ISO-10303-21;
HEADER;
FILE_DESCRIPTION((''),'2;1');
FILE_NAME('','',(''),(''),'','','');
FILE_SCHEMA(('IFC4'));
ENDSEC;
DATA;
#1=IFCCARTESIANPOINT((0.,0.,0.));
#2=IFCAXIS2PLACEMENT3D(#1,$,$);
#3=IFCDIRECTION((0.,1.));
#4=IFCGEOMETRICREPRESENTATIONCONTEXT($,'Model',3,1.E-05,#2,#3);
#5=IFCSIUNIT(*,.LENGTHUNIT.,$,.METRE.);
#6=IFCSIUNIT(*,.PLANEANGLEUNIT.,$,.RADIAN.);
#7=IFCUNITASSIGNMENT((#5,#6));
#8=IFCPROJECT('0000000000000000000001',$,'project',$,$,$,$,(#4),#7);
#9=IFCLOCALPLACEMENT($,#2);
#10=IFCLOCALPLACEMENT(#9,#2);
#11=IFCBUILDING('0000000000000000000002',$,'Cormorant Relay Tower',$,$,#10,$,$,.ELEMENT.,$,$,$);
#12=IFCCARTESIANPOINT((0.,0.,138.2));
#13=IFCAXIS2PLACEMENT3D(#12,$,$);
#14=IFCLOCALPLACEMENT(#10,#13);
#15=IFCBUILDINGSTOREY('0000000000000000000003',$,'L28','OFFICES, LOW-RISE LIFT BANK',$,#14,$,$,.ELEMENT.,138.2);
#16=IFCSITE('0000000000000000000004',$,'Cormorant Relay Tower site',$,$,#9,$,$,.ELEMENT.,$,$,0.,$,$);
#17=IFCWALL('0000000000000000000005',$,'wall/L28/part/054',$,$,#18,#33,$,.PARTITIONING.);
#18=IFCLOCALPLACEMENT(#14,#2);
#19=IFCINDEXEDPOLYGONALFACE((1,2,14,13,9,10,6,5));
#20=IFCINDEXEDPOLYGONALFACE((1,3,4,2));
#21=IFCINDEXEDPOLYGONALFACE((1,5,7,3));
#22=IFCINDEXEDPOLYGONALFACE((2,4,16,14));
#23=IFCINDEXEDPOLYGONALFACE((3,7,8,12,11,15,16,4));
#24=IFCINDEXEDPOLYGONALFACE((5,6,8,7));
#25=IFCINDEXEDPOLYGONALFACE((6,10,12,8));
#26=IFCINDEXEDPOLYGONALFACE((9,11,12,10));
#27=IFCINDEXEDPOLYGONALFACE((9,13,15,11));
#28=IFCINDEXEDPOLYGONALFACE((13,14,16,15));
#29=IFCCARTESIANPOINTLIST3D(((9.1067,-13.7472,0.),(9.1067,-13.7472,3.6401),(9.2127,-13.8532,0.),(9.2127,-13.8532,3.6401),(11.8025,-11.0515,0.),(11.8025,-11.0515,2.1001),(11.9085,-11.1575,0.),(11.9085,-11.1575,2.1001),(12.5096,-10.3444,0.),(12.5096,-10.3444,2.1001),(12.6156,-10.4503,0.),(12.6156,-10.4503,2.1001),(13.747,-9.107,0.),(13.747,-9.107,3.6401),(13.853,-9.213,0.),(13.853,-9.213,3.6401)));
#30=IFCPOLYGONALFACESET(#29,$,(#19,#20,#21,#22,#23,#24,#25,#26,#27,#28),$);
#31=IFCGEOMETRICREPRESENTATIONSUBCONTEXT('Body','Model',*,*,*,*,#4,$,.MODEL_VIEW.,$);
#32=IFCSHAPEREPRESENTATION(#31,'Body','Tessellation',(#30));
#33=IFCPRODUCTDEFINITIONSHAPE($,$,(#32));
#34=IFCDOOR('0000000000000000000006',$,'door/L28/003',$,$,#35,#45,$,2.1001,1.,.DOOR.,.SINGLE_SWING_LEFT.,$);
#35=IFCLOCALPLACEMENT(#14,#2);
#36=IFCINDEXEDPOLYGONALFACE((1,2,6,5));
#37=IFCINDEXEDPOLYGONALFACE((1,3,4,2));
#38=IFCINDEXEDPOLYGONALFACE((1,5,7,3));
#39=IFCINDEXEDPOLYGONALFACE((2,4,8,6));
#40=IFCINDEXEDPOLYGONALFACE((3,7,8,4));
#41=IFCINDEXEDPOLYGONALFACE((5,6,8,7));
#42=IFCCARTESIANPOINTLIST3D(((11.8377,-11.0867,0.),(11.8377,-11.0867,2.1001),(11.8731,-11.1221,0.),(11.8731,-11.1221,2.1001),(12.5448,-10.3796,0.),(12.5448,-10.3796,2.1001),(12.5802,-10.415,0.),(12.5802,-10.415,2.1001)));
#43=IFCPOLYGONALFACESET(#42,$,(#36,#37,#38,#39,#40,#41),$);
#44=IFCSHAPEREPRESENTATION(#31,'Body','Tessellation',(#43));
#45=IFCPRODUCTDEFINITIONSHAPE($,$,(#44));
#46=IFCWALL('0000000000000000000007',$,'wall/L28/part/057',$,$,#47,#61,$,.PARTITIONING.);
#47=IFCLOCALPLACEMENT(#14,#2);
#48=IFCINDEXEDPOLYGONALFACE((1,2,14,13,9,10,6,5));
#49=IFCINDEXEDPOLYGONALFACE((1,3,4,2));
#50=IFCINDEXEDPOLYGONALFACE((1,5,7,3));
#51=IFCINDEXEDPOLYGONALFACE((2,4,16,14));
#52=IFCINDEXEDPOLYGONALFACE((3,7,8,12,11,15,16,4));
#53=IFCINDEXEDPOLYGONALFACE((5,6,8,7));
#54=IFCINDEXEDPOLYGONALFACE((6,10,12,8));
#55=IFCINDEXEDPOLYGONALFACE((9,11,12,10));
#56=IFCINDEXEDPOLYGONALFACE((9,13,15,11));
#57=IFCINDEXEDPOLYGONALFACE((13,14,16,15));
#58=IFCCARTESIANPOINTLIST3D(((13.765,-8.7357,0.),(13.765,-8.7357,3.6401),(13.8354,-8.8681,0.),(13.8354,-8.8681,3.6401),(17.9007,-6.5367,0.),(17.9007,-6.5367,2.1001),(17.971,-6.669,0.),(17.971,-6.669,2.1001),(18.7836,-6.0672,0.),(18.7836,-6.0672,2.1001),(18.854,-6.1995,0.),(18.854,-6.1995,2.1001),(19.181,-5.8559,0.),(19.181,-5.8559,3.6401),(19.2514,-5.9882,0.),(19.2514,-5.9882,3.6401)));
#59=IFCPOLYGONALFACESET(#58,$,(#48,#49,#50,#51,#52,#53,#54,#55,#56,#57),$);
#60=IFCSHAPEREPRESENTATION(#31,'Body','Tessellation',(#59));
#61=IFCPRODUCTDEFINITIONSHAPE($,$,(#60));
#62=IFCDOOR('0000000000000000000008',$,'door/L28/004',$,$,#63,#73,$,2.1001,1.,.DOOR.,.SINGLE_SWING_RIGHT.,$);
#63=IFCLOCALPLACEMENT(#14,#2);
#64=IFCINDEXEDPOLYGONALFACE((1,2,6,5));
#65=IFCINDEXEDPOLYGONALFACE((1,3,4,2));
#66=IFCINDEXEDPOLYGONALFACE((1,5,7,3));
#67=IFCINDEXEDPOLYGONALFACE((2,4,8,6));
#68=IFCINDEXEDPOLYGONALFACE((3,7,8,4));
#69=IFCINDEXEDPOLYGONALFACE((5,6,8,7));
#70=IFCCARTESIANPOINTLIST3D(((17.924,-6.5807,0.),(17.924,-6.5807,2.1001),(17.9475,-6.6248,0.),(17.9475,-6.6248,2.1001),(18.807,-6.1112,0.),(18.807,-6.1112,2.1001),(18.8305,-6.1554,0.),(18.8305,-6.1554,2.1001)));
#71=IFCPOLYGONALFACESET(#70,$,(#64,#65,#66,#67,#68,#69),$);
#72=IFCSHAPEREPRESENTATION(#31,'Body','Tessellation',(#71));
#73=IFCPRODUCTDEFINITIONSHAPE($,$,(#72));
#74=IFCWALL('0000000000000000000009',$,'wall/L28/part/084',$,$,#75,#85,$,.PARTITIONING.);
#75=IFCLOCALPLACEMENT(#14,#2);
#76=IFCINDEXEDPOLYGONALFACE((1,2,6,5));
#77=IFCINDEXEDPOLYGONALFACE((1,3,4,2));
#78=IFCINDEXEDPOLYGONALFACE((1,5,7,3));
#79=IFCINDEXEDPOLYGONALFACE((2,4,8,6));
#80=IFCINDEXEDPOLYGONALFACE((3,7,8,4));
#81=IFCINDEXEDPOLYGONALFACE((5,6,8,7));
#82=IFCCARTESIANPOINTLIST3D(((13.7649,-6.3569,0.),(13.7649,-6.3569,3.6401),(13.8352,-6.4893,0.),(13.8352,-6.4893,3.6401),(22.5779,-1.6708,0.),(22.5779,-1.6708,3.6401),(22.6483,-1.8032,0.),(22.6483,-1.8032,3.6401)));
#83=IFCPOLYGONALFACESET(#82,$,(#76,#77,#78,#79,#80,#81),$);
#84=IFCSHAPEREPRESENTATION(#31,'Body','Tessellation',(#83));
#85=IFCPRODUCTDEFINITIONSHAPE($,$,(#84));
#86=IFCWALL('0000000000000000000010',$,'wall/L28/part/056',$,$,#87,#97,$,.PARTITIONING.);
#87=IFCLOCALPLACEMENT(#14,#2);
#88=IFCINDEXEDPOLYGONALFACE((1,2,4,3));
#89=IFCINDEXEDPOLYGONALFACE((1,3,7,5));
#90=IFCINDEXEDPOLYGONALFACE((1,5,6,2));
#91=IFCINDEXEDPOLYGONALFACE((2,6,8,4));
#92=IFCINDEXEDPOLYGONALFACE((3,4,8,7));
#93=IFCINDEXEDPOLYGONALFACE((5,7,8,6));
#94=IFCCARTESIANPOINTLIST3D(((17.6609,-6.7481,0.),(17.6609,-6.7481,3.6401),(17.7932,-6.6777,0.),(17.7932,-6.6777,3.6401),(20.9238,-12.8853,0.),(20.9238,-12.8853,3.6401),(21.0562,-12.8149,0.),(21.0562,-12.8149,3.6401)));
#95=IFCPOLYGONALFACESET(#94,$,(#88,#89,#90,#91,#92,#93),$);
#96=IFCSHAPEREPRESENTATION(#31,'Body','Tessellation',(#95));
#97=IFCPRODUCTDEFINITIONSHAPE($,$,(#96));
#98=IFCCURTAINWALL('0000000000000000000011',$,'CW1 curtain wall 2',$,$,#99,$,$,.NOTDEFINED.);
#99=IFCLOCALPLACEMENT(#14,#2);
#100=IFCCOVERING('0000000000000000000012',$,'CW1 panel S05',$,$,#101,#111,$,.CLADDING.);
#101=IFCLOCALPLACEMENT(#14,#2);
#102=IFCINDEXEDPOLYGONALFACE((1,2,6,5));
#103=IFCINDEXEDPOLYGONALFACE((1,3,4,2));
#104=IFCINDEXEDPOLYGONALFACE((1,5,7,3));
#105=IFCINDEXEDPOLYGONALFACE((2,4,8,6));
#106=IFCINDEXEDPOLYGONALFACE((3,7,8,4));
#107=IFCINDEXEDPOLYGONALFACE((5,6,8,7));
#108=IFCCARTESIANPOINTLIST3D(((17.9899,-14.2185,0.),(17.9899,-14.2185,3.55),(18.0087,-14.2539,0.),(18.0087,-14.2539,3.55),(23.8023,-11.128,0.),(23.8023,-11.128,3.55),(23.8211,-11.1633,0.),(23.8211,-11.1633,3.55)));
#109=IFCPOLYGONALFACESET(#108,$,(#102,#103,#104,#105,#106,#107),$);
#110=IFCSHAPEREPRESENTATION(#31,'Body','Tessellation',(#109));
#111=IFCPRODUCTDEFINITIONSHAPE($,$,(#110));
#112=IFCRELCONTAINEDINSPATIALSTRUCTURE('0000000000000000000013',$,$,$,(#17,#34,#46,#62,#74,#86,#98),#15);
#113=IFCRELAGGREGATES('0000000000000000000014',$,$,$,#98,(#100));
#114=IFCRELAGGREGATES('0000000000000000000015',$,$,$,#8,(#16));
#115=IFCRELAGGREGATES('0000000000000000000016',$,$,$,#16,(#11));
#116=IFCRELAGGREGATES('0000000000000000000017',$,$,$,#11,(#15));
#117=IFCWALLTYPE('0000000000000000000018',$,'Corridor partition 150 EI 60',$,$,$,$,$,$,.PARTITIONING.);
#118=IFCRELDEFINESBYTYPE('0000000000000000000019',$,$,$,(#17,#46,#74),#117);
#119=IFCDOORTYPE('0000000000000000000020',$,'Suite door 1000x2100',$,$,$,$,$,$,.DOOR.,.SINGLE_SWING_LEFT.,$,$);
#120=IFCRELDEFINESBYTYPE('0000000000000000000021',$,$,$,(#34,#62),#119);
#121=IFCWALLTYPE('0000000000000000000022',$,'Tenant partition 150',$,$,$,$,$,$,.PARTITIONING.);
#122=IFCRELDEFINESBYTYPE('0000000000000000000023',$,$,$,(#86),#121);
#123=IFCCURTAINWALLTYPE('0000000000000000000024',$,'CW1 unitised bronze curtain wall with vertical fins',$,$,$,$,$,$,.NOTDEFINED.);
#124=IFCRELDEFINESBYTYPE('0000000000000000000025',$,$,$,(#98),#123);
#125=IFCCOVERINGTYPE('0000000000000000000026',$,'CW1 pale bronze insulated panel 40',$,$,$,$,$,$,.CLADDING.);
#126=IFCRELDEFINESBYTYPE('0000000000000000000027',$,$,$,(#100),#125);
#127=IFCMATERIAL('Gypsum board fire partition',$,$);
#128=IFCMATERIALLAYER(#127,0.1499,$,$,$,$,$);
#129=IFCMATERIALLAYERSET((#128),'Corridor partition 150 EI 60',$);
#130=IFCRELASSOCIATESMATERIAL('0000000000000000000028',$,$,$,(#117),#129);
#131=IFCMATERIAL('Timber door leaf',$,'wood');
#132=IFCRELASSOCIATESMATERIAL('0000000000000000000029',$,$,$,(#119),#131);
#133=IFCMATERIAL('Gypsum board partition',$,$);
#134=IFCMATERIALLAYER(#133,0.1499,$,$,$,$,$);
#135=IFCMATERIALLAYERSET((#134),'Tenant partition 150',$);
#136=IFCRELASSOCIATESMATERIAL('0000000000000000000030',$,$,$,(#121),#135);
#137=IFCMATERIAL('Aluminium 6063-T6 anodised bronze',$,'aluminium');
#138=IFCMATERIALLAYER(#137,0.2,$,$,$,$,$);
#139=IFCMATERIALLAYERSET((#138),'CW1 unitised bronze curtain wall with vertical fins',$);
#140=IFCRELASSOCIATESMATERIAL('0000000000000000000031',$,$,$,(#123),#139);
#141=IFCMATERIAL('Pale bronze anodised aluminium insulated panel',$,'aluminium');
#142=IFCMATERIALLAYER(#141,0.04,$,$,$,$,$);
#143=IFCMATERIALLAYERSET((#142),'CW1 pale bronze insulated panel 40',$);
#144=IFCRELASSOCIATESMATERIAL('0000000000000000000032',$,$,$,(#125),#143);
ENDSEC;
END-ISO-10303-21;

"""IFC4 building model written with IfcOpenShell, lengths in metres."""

from ifc_helpers import new_model, si_unit, direction, frame, frame_2d, origin, origin_2d, place, context, subcontext, project, spatial, rectangle, extrude, material, layer, layer_set, type_object, element, fill, aggregate, save


model = new_model("IFC4")

# Units and contexts
model_context = context("Model", 3, precision=1e-05, world=origin(), true_north=direction((0.0, 1.0)))
body_context = subcontext(model_context, "Body", "Model", "MODEL_VIEW")
ifc_project = project(units=[si_unit("LENGTHUNIT", "METRE"), si_unit("PLANEANGLEUNIT", "RADIAN")], contexts=[model_context])

# Site, building, storey
site_placement = place(None, origin())
site = spatial("IfcSite", under=ifc_project, at=site_placement, Name="Cormorant Relay Tower site", CompositionType="ELEMENT", RefElevation=0.0)
building_placement = place(site_placement, origin())
building = spatial("IfcBuilding", under=site, at=building_placement, Name="Cormorant Relay Tower", CompositionType="ELEMENT")
storey_placement = place(building_placement, frame((0.0, 0.0, 138.2)))
storey = spatial("IfcBuildingStorey", under=building, at=storey_placement, Name="L28", Description="OFFICES, LOW-RISE LIFT BANK", CompositionType="ELEMENT", Elevation=138.2)

# Walls, openings, doors
ifc_material_1 = material(Name="Gypsum board fire partition")
ifc_layer_1 = layer(ifc_material_1, 0.1499)
ifc_layer_set_1 = layer_set([ifc_layer_1], Name="Corridor partition 150 EI 60")
wall_type_1 = type_object("IfcWallType", Name="Corridor partition 150 EI 60", PredefinedType="PARTITIONING", material=ifc_layer_set_1)
wall_1_placement = place(storey_placement, frame((13.8, -9.1599, 0.0), z_axis=(0.0, 0.0, 1.0), x_axis=(-0.707107, -0.707107, 0.0)))
wall_1 = element("IfcWall", 1, at=wall_1_placement, inside=storey, type_object=wall_type_1, Name="wall/L28/part/054", PredefinedType="PARTITIONING", context=body_context, shape_type="SweptSolid", body=[
    extrude(rectangle(XDim=6.5623, YDim=0.1499, at=frame_2d((3.2812, 0.0))), origin(), (0.0, 0.0, 1.0), 3.6401),
])
opening_1_placement = place(wall_1_placement, frame((1.75, 0.0, 0.0)))
opening_1 = element("IfcOpeningElement", 2, at=opening_1_placement, cuts=wall_1, PredefinedType="OPENING", context=body_context, shape_type="SweptSolid", body=[
    extrude(rectangle(XDim=1.0, YDim=2.1001, at=frame_2d((0.5, 1.05))), frame((0.0, 0.085, 0.0), z_axis=(0.0, -1.0, 0.0), x_axis=(1.0, 0.0, 0.0)), (0.0, 0.0, 1.0), 0.1699),
])
ifc_material_2 = material(Name="Timber door leaf", Category="wood")
door_type_1 = type_object("IfcDoorType", Name="Suite door 1000x2100", OperationType="SINGLE_SWING_LEFT", PredefinedType="DOOR", material=ifc_material_2)
door_1_placement = place(opening_1_placement, origin())
door_1 = element("IfcDoor", 3, at=door_1_placement, inside=storey, type_object=door_type_1, Name="door/L28/003", OperationType="SINGLE_SWING_LEFT", OverallHeight=2.1001, OverallWidth=1.0, PredefinedType="DOOR", context=body_context, shape_type="SweptSolid", body=[
    extrude(rectangle(XDim=1.0, YDim=2.1001, at=frame_2d((0.5, 1.05))), frame((0.0, 0.0249, 0.0), z_axis=(0.0, -1.0, 0.0), x_axis=(1.0, 0.0, 0.0)), (0.0, 0.0, 1.0), 0.05),
])
fill(opening_1, door_1)
wall_2_placement = place(storey_placement, frame((19.2161, -5.9221, 0.0), z_axis=(0.0, 0.0, 1.0), x_axis=(-0.882938, -0.469489, 0.0)))
wall_2 = element("IfcWall", 4, at=wall_2_placement, inside=storey, type_object=wall_type_1, Name="wall/L28/part/057", PredefinedType="PARTITIONING", context=body_context, shape_type="SweptSolid", body=[
    extrude(rectangle(XDim=6.134, YDim=0.1499, at=frame_2d((3.0669, 0.0))), origin(), (0.0, 0.0, 1.0), 3.6401),
])
opening_2_placement = place(wall_2_placement, frame((0.45, 0.0, 0.0)))
opening_2 = element("IfcOpeningElement", 5, at=opening_2_placement, cuts=wall_2, PredefinedType="OPENING", context=body_context, shape_type="SweptSolid", body=[
    extrude(rectangle(XDim=1.0, YDim=2.1001, at=frame_2d((0.5, 1.05))), frame((0.0, 0.085, 0.0), z_axis=(0.0, -1.0, 0.0), x_axis=(1.0, 0.0, 0.0)), (0.0, 0.0, 1.0), 0.1699),
])
door_2_placement = place(opening_2_placement, origin())
door_2 = element("IfcDoor", 6, at=door_2_placement, inside=storey, type_object=door_type_1, Name="door/L28/004", OperationType="SINGLE_SWING_RIGHT", OverallHeight=2.1001, OverallWidth=1.0, PredefinedType="DOOR", context=body_context, shape_type="SweptSolid", body=[
    extrude(rectangle(XDim=1.0, YDim=2.1001, at=frame_2d((0.5, 1.05))), frame((0.0, 0.0249, 0.0), z_axis=(0.0, -1.0, 0.0), x_axis=(1.0, 0.0, 0.0)), (0.0, 0.0, 1.0), 0.05),
])
fill(opening_2, door_2)

# Walls
wall_3_placement = place(storey_placement, frame((13.8, -6.4231, 0.0), z_axis=(0.0, 0.0, 1.0), x_axis=(0.882944, 0.469478, 0.0)))
element("IfcWall", 7, at=wall_3_placement, inside=storey, type_object=wall_type_1, Name="wall/L28/part/084", PredefinedType="PARTITIONING", context=body_context, shape_type="SweptSolid", body=[
    extrude(rectangle(XDim=9.9814, YDim=0.1499, at=frame_2d((4.9907, 0.0))), origin(), (0.0, 0.0, 1.0), 3.6401),
])
ifc_material_3 = material(Name="Gypsum board partition")
ifc_layer_2 = layer(ifc_material_3, 0.1499)
ifc_layer_set_2 = layer_set([ifc_layer_2], Name="Tenant partition 150")
wall_type_2 = type_object("IfcWallType", Name="Tenant partition 150", PredefinedType="PARTITIONING", material=ifc_layer_set_2)
wall_4_placement = place(storey_placement, frame((17.7271, -6.7129, 0.0), z_axis=(0.0, 0.0, 1.0), x_axis=(0.469441, -0.882964, 0.0)))
element("IfcWall", 8, at=wall_4_placement, inside=storey, type_object=wall_type_2, Name="wall/L28/part/056", PredefinedType="PARTITIONING", context=body_context, shape_type="SweptSolid", body=[
    extrude(rectangle(XDim=6.9507, YDim=0.1499, at=frame_2d((3.4753, 0.0))), origin(), (0.0, 0.0, 1.0), 3.6401),
])

# Curtain wall, covering
ifc_material_4 = material(Name="Aluminium 6063-T6 anodised bronze", Category="aluminium")
ifc_layer_3 = layer(ifc_material_4, 0.2)
ifc_layer_set_3 = layer_set([ifc_layer_3], Name="CW1 unitised bronze curtain wall with vertical fins")
curtain_wall_type = type_object("IfcCurtainWallType", Name="CW1 unitised bronze curtain wall with vertical fins", PredefinedType="NOTDEFINED", material=ifc_layer_set_3)
curtain_wall_placement = place(storey_placement, origin())
curtain_wall = element("IfcCurtainWall", 9, at=curtain_wall_placement, inside=storey, type_object=curtain_wall_type, Name="CW1 curtain wall 2", PredefinedType="NOTDEFINED")
ifc_material_5 = material(Name="Pale bronze anodised aluminium insulated panel", Category="aluminium")
ifc_layer_4 = layer(ifc_material_5, 0.04)
ifc_layer_set_4 = layer_set([ifc_layer_4], Name="CW1 pale bronze insulated panel 40")
covering_type = type_object("IfcCoveringType", Name="CW1 pale bronze insulated panel 40", PredefinedType="CLADDING", material=ifc_layer_set_4)
covering_placement = place(storey_placement, frame((20.9055, -12.6909, 0.0), z_axis=(0.0, 0.0, 1.0), x_axis=(0.882948, 0.469472, 0.0)))
covering = element("IfcCovering", 10, at=covering_placement, type_object=covering_type, Name="CW1 panel S05", PredefinedType="CLADDING", context=body_context, shape_type="SweptSolid", body=[
    extrude(rectangle(XDim=6.583, YDim=0.04, at=origin_2d()), origin(), (0.0, 0.0, 1.0), 3.55),
])
aggregate(curtain_wall, [covering])

save(model, "model.ifc")
